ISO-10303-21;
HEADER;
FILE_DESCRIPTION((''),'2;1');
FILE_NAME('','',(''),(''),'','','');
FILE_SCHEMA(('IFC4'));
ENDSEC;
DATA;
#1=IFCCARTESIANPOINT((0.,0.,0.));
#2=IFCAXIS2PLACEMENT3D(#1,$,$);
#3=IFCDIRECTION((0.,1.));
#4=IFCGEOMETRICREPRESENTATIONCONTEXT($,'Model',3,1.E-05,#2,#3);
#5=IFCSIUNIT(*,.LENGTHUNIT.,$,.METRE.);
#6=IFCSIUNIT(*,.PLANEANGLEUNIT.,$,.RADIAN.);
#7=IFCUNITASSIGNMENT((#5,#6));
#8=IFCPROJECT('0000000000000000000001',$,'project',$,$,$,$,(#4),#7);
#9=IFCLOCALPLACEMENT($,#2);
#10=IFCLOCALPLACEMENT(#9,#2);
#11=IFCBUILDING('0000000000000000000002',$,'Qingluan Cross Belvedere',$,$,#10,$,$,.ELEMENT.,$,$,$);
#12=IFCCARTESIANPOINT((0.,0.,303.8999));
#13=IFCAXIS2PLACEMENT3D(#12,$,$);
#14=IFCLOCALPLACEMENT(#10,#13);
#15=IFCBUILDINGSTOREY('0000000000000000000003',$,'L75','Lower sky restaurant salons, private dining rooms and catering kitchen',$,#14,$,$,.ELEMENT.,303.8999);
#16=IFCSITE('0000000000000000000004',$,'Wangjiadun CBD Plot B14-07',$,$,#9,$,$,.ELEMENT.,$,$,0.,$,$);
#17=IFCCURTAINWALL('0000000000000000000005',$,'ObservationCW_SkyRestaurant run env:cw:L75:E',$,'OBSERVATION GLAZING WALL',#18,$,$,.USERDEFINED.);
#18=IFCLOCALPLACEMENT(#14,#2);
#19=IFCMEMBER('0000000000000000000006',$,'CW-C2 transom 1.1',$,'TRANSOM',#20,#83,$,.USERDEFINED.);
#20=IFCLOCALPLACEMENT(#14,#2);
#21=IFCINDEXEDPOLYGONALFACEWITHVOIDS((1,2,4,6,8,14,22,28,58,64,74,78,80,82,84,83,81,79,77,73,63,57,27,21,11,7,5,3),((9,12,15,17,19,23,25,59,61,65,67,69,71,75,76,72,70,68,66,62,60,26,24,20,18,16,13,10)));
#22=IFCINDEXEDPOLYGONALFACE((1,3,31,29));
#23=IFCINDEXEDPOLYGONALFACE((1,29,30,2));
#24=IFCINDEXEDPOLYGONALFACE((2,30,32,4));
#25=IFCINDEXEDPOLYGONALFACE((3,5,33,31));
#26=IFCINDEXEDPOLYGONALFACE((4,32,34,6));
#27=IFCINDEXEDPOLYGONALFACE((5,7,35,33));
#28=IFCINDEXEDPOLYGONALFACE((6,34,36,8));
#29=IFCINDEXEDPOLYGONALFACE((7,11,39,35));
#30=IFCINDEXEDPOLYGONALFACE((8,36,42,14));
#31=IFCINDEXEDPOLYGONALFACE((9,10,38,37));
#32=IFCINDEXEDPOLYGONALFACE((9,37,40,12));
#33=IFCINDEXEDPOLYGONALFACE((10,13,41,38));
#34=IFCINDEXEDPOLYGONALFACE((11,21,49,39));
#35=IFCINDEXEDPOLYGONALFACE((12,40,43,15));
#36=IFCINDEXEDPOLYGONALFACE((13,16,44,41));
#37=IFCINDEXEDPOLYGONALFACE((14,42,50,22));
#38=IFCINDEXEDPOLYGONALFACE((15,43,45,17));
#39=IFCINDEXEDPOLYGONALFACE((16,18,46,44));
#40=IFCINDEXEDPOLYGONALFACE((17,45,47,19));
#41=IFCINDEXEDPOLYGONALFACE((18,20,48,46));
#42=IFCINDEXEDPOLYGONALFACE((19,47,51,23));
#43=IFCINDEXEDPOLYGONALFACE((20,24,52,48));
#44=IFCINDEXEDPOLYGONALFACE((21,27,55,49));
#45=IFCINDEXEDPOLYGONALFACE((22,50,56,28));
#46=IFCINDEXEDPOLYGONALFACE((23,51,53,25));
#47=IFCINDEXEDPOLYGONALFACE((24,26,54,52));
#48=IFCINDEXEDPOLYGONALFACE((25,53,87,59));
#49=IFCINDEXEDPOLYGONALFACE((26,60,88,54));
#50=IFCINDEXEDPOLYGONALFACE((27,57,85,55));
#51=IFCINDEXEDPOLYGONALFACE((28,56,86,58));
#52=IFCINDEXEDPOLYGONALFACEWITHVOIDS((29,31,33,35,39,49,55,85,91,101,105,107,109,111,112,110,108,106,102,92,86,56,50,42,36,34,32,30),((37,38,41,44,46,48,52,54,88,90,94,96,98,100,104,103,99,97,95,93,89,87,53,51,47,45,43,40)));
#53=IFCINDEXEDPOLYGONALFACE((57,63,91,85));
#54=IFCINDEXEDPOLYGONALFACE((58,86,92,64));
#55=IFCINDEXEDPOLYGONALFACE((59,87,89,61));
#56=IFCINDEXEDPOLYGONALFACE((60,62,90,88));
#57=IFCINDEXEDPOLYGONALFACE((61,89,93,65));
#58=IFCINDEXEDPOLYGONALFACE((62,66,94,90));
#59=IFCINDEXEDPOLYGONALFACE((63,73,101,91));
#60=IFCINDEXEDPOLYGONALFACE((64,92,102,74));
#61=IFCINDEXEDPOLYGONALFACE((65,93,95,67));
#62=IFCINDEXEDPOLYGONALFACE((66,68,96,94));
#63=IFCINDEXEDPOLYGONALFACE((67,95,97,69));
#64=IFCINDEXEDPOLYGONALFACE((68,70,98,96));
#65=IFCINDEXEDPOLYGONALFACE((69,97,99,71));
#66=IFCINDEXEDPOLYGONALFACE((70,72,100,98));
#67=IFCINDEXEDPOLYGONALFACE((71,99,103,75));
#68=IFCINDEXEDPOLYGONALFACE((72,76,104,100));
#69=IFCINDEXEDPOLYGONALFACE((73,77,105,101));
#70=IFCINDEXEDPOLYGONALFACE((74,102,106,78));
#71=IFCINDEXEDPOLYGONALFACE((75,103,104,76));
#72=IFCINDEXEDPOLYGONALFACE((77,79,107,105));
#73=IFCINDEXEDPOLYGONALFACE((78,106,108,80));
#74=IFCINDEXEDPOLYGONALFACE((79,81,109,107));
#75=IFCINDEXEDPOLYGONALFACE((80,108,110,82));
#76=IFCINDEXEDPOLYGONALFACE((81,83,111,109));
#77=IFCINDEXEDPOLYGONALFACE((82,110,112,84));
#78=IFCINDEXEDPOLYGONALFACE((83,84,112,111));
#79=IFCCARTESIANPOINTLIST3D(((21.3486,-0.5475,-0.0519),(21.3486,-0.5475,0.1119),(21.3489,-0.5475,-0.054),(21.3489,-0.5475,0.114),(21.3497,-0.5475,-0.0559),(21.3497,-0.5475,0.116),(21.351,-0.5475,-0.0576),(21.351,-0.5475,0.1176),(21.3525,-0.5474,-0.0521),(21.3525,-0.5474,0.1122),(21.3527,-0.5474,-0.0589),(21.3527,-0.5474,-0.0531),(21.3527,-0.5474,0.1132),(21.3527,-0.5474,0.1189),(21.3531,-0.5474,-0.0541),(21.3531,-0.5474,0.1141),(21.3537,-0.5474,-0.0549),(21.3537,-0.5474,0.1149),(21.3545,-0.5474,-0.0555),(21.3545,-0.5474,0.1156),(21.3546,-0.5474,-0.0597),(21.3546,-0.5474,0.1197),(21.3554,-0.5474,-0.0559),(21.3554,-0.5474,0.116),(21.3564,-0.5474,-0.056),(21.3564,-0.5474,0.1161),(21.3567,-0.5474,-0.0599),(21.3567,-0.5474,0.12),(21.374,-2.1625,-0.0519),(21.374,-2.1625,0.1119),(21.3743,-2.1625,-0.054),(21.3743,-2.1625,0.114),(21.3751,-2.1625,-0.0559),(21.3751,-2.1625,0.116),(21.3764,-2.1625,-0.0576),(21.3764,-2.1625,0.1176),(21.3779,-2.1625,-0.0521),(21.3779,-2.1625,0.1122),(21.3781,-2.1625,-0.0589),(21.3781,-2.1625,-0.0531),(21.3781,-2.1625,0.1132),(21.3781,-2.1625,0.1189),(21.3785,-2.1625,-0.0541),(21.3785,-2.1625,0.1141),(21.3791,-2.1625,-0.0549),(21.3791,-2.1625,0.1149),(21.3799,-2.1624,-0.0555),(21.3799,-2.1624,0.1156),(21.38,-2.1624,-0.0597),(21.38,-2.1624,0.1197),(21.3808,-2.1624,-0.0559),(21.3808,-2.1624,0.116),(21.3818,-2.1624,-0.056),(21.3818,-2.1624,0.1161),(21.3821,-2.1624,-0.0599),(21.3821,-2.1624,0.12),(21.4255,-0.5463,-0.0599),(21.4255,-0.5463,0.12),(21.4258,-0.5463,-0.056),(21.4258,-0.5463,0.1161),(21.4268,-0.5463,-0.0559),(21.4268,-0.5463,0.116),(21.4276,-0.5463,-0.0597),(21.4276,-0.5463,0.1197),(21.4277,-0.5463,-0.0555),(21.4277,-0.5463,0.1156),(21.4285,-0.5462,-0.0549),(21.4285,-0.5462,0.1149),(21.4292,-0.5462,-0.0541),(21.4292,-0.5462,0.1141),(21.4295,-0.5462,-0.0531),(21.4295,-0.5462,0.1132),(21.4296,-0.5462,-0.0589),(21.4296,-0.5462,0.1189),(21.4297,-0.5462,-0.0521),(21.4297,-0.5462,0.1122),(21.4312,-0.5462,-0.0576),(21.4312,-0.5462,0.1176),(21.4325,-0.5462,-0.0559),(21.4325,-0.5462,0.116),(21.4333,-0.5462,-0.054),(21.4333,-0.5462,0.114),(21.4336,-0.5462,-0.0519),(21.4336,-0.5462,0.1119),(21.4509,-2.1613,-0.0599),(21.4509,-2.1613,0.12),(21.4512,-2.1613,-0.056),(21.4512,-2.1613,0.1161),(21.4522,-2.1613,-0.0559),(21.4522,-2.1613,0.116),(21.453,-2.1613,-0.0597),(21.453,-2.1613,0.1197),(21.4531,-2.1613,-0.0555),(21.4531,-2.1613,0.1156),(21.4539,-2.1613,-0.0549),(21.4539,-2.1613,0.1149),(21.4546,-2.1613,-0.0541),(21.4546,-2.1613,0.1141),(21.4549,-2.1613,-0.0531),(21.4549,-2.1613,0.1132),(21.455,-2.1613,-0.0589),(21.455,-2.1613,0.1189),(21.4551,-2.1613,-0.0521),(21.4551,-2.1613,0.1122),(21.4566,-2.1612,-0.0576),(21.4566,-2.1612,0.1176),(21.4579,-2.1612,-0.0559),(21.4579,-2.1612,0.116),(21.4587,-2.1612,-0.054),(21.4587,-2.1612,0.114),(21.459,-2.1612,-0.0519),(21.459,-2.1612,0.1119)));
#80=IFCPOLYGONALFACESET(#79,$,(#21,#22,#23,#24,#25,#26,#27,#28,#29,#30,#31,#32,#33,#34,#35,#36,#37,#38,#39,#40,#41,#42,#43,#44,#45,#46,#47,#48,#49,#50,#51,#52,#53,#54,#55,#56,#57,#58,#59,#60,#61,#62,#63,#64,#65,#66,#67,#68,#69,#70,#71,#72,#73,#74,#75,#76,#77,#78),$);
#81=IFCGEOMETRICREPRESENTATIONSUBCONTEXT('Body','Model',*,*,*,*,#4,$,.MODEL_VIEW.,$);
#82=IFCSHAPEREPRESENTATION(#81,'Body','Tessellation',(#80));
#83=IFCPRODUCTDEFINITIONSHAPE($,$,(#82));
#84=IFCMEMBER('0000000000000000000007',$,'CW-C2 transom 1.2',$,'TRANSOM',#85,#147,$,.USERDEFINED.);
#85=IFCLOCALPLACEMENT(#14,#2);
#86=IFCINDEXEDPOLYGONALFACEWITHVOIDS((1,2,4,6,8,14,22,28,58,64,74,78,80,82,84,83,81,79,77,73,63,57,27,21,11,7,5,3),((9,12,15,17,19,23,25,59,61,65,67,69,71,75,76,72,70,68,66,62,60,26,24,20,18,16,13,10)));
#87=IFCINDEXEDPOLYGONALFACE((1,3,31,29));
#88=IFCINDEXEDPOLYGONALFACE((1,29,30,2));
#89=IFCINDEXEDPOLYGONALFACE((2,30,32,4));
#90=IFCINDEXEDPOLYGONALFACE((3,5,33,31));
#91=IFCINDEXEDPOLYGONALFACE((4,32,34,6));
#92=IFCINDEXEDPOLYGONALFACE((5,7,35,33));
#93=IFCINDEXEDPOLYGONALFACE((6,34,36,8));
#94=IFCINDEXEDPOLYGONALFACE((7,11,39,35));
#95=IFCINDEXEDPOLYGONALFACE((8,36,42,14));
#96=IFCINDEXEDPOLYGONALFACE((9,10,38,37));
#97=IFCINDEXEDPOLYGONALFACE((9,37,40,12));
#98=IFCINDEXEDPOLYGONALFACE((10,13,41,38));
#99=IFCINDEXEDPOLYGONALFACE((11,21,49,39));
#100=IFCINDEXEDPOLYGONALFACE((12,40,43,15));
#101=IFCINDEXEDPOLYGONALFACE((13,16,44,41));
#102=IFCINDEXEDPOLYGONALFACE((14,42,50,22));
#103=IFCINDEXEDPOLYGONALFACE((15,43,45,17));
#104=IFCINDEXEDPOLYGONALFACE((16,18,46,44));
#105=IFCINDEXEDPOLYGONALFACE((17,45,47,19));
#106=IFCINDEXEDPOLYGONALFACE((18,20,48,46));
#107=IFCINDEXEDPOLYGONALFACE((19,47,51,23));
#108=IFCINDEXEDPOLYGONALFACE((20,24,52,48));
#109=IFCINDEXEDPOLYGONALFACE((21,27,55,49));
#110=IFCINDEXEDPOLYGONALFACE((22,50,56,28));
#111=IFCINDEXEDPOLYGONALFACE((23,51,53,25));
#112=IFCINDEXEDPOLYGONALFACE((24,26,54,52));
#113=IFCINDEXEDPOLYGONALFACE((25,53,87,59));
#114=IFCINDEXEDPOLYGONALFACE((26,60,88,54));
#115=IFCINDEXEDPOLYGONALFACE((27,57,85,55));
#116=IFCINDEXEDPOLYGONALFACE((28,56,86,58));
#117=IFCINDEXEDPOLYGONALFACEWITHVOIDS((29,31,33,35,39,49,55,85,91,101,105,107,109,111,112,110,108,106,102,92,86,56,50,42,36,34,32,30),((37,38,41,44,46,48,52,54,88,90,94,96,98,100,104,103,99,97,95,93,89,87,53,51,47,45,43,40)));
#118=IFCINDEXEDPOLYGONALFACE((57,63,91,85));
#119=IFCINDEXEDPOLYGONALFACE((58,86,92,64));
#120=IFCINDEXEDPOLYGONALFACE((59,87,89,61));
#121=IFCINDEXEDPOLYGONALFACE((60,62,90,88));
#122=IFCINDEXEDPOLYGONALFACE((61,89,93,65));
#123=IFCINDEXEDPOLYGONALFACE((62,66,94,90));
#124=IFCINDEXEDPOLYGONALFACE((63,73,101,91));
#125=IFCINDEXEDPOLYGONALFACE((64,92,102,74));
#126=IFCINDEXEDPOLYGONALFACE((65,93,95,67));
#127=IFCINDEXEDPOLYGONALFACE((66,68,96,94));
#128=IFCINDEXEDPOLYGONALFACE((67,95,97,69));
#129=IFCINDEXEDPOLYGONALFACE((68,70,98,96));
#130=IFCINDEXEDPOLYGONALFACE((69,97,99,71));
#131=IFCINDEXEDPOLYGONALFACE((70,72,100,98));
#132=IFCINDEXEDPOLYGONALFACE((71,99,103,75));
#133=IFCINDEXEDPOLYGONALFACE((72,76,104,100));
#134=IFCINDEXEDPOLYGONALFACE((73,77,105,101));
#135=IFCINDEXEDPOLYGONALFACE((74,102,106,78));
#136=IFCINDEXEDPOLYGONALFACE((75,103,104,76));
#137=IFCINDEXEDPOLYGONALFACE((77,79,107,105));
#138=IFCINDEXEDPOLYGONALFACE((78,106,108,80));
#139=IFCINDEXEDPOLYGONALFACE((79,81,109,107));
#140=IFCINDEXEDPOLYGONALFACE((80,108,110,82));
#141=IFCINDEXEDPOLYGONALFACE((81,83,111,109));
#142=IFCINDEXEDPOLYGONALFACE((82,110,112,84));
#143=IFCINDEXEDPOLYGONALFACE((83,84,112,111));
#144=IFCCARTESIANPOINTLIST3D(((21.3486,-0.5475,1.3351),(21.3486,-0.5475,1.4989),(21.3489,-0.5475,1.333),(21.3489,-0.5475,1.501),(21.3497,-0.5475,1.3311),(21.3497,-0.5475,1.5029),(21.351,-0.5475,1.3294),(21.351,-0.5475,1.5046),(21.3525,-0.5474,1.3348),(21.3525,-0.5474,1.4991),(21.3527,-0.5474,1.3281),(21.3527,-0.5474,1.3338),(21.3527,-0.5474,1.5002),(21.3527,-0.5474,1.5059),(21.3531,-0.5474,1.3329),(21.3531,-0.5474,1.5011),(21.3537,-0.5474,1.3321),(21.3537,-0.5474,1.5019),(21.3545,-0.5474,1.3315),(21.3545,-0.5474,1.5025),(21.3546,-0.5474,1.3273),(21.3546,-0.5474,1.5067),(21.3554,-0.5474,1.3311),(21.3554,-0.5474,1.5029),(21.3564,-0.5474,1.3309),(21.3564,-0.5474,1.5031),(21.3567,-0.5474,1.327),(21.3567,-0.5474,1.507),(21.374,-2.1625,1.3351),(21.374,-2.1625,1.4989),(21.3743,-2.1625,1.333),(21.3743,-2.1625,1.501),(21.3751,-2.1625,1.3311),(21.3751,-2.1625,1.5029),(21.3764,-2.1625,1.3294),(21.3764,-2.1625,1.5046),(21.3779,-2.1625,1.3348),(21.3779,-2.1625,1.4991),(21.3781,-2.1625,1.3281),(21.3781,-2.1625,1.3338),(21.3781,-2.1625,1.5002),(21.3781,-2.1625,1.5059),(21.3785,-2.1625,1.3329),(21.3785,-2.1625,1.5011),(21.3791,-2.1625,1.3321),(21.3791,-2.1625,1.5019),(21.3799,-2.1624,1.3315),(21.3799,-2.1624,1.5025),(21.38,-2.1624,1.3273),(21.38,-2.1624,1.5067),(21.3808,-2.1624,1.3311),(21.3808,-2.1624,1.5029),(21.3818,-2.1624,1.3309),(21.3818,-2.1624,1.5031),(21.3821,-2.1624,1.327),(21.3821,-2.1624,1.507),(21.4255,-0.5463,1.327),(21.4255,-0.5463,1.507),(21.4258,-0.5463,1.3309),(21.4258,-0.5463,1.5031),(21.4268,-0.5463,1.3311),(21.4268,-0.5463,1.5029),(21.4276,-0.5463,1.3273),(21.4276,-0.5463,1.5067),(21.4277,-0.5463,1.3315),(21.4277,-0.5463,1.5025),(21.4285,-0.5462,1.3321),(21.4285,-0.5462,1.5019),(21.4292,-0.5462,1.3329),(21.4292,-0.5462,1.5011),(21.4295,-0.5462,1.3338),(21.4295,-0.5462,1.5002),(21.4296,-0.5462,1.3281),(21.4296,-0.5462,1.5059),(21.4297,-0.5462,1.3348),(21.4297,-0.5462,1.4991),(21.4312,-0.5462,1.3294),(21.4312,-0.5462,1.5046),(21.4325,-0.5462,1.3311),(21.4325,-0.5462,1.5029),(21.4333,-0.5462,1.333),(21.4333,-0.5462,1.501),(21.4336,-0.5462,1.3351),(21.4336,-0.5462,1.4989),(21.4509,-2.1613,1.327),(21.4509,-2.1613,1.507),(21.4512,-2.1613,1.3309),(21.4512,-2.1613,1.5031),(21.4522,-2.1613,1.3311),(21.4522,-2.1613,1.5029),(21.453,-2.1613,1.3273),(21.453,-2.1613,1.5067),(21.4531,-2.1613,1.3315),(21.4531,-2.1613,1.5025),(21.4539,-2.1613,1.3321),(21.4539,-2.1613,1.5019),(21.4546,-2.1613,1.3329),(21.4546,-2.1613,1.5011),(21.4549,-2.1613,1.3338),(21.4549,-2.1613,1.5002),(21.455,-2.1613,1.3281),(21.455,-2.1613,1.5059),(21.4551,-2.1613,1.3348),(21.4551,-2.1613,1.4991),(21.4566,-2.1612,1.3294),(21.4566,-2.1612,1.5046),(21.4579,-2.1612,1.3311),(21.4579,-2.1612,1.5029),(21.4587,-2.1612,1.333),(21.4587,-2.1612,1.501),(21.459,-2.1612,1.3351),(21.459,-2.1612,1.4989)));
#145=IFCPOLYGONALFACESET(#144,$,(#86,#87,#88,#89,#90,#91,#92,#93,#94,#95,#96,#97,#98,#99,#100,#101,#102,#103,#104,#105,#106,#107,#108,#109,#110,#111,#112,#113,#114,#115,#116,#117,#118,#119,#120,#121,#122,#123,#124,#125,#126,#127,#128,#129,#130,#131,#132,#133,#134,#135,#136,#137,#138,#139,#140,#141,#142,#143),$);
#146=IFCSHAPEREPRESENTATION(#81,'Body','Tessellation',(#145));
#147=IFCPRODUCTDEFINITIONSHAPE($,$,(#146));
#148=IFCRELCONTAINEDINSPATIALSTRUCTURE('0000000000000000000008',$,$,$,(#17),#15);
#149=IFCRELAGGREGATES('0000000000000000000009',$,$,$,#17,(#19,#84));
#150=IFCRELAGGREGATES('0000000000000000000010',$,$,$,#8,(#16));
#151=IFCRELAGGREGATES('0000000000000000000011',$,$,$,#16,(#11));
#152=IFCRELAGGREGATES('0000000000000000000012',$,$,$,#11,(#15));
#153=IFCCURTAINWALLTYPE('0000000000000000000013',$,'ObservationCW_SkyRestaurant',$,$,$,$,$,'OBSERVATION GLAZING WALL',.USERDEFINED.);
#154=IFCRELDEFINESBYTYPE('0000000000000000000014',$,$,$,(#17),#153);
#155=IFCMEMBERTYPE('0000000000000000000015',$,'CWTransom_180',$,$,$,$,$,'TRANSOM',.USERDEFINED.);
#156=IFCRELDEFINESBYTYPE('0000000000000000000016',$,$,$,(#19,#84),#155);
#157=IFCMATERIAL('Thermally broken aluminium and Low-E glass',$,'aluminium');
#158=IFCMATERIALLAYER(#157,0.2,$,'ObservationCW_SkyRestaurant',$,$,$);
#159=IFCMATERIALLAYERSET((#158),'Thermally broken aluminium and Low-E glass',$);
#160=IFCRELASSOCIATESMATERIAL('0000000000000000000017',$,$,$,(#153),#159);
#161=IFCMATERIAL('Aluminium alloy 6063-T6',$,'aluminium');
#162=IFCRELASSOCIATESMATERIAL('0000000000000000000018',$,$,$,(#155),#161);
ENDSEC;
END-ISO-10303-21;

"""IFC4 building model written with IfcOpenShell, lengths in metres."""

from ifc_helpers import new_model, si_unit, direction, frame, origin, origin_2d, place, context, subcontext, project, spatial, hollow_rectangle, extrude, material, layer, layer_set, material_profile, profile_set, type_object, element, aggregate, save


model = new_model("IFC4")

# Units and contexts
model_context = context("Model", 3, precision=1e-05, world=origin(), true_north=direction((0.0, 1.0)))
body_context = subcontext(model_context, "Body", "Model", "MODEL_VIEW")
ifc_project = project(units=[si_unit("LENGTHUNIT", "METRE"), si_unit("PLANEANGLEUNIT", "RADIAN")], contexts=[model_context])

# Site, building, storey
site_placement = place(None, origin())
site = spatial("IfcSite", under=ifc_project, at=site_placement, Name="Wangjiadun CBD Plot B14-07", CompositionType="ELEMENT", RefElevation=0.0)
building_placement = place(site_placement, origin())
building = spatial("IfcBuilding", under=site, at=building_placement, Name="Qingluan Cross Belvedere", CompositionType="ELEMENT")
storey_placement = place(building_placement, frame((0.0, 0.0, 303.8999)))
storey = spatial("IfcBuildingStorey", under=building, at=storey_placement, Name="L75", Description="Lower sky restaurant salons, private dining rooms and catering kitchen", CompositionType="ELEMENT", Elevation=303.8999)

# Curtain wall, members
ifc_material_1 = material(Name="Thermally broken aluminium and Low-E glass", Category="aluminium")
ifc_layer_1 = layer(ifc_material_1, 0.2, Name="ObservationCW_SkyRestaurant")
ifc_layer_set_1 = layer_set([ifc_layer_1], Name="Thermally broken aluminium and Low-E glass")
curtain_wall_type = type_object("IfcCurtainWallType", Name="ObservationCW_SkyRestaurant", ElementType="OBSERVATION GLAZING WALL", PredefinedType="USERDEFINED", material=ifc_layer_set_1)
curtain_wall_placement = place(storey_placement, origin())
curtain_wall = element("IfcCurtainWall", 1, at=curtain_wall_placement, inside=storey, type_object=curtain_wall_type, Name="ObservationCW_SkyRestaurant run env:cw:L75:E", ObjectType="OBSERVATION GLAZING WALL", PredefinedType="USERDEFINED")
ifc_material_2 = material(Name="Aluminium alloy 6063-T6", Category="aluminium")
ifc_material_profile_1 = material_profile(ifc_material_2, hollow_rectangle(XDim=0.085, YDim=0.1799, WallThickness=0.0039, InnerFilletRadius=0.0039, OuterFilletRadius=0.0081, at=origin_2d()), Name="CWT180x85x4")
ifc_profile_set_1 = profile_set([ifc_material_profile_1], Name="Aluminium alloy 6063-T6")
member_type_1 = type_object("IfcMemberType", Name="CWTransom_180", ElementType="TRANSOM", PredefinedType="USERDEFINED", material=ifc_profile_set_1)
member_1_placement = place(storey_placement, frame((21.4165, -2.1619, 0.03), z_axis=(-0.01572, 0.999876, 0.0), x_axis=(-0.999876, -0.01572, 0.0)))
member_1 = element("IfcMember", 2, at=member_1_placement, type_object=member_type_1, Name="CW-C2 transom 1.1", ObjectType="TRANSOM", PredefinedType="USERDEFINED", context=body_context, shape_type="SweptSolid", body=[
    extrude(hollow_rectangle(XDim=0.085, YDim=0.1799, WallThickness=0.0039, InnerFilletRadius=0.0039, OuterFilletRadius=0.0081, at=origin_2d()), origin(), (0.0, 0.0, 1.0), 1.6152),
])
member_2_placement = place(storey_placement, frame((21.4165, -2.1619, 1.417), z_axis=(-0.01572, 0.999876, 0.0), x_axis=(-0.999876, -0.01572, 0.0)))
member_2 = element("IfcMember", 3, at=member_2_placement, type_object=member_type_1, Name="CW-C2 transom 1.2", ObjectType="TRANSOM", PredefinedType="USERDEFINED", context=body_context, shape_type="SweptSolid", body=[
    extrude(hollow_rectangle(XDim=0.085, YDim=0.1799, WallThickness=0.0039, InnerFilletRadius=0.0039, OuterFilletRadius=0.0081, at=origin_2d()), origin(), (0.0, 0.0, 1.0), 1.6152),
])

aggregate(curtain_wall, [member_1, member_2])

save(model, "model.ifc")
